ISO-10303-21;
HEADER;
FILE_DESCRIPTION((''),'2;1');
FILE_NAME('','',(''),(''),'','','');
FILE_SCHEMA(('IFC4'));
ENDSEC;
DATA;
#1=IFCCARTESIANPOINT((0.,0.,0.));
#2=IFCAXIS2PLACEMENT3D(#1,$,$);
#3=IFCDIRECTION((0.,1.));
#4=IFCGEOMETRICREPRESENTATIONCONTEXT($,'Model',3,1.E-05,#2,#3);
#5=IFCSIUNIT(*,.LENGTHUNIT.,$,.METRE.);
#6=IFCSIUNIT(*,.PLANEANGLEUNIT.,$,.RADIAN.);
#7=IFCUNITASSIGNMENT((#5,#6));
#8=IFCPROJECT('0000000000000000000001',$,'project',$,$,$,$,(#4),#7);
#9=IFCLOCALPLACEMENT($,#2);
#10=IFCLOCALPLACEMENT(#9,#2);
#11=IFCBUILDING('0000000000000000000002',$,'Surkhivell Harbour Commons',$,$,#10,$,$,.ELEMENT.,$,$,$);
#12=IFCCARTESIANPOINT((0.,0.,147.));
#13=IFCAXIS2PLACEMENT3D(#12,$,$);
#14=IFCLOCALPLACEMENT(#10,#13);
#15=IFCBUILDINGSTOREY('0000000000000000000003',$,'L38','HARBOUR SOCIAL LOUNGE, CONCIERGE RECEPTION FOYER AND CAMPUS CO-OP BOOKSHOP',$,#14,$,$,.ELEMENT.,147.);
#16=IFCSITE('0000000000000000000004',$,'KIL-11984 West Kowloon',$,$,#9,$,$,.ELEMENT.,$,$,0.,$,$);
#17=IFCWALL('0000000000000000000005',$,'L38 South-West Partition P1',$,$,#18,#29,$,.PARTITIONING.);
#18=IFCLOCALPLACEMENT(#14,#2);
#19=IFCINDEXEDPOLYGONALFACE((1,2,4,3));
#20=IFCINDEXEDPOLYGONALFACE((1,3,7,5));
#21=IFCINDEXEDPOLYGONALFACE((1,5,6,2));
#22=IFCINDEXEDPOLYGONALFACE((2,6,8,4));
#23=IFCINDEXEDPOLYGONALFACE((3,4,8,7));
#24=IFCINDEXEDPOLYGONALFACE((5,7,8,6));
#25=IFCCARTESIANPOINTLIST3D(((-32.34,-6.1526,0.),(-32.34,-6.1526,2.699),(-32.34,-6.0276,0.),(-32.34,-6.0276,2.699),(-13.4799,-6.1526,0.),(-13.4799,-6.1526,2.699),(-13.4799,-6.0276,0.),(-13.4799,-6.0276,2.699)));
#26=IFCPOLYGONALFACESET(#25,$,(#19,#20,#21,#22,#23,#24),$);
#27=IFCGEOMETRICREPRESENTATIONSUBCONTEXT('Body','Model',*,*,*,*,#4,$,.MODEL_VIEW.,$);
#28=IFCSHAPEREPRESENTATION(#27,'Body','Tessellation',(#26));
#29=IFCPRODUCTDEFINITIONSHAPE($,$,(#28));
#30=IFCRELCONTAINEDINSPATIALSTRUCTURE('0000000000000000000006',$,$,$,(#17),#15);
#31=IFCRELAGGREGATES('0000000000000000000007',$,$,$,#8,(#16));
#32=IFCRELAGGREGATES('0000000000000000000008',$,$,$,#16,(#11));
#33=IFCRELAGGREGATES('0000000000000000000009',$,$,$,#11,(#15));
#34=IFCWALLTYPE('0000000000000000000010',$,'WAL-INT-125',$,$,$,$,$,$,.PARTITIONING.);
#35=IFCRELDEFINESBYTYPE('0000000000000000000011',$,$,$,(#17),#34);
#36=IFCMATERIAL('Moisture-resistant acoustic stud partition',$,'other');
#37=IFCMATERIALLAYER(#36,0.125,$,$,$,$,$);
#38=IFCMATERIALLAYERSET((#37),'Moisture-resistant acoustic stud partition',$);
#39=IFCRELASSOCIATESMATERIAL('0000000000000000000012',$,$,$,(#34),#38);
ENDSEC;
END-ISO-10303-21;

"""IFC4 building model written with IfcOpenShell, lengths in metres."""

from ifc_helpers import new_model, si_unit, direction, frame, frame_2d, origin, place, context, subcontext, project, spatial, rectangle, extrude, material, layer, layer_set, type_object, element, save


model = new_model("IFC4")

# Units and contexts
model_context = context("Model", 3, precision=1e-05, world=origin(), true_north=direction((0.0, 1.0)))
body_context = subcontext(model_context, "Body", "Model", "MODEL_VIEW")
ifc_project = project(units=[si_unit("LENGTHUNIT", "METRE"), si_unit("PLANEANGLEUNIT", "RADIAN")], contexts=[model_context])

# Site, building, storey
site_placement = place(None, origin())
site = spatial("IfcSite", under=ifc_project, at=site_placement, Name="KIL-11984 West Kowloon", CompositionType="ELEMENT", RefElevation=0.0)
building_placement = place(site_placement, origin())
building = spatial("IfcBuilding", under=site, at=building_placement, Name="Surkhivell Harbour Commons", CompositionType="ELEMENT")
storey_placement = place(building_placement, frame((0.0, 0.0, 147.0)))
storey = spatial("IfcBuildingStorey", under=building, at=storey_placement, Name="L38", Description="HARBOUR SOCIAL LOUNGE, CONCIERGE RECEPTION FOYER AND CAMPUS CO-OP BOOKSHOP", CompositionType="ELEMENT", Elevation=147.0)

# Wall
ifc_material_1 = material(Name="Moisture-resistant acoustic stud partition", Category="other")
ifc_layer_1 = layer(ifc_material_1, 0.125)
ifc_layer_set_1 = layer_set([ifc_layer_1], Name="Moisture-resistant acoustic stud partition")
wall_type_1 = type_object("IfcWallType", Name="WAL-INT-125", PredefinedType="PARTITIONING", material=ifc_layer_set_1)
wall_1_placement = place(storey_placement, frame((-32.3401, -6.0901, 0.0), z_axis=(0.0, 0.0, 1.0), x_axis=(1.0, 0.0, 0.0)))
element("IfcWall", 1, at=wall_1_placement, inside=storey, type_object=wall_type_1, Name="L38 South-West Partition P1", PredefinedType="PARTITIONING", context=body_context, shape_type="SweptSolid", body=[
    extrude(rectangle(XDim=18.8601, YDim=0.125, at=frame_2d((9.4302, 0.0))), origin(), (0.0, 0.0, 1.0), 2.699),
])

save(model, "model.ifc")
